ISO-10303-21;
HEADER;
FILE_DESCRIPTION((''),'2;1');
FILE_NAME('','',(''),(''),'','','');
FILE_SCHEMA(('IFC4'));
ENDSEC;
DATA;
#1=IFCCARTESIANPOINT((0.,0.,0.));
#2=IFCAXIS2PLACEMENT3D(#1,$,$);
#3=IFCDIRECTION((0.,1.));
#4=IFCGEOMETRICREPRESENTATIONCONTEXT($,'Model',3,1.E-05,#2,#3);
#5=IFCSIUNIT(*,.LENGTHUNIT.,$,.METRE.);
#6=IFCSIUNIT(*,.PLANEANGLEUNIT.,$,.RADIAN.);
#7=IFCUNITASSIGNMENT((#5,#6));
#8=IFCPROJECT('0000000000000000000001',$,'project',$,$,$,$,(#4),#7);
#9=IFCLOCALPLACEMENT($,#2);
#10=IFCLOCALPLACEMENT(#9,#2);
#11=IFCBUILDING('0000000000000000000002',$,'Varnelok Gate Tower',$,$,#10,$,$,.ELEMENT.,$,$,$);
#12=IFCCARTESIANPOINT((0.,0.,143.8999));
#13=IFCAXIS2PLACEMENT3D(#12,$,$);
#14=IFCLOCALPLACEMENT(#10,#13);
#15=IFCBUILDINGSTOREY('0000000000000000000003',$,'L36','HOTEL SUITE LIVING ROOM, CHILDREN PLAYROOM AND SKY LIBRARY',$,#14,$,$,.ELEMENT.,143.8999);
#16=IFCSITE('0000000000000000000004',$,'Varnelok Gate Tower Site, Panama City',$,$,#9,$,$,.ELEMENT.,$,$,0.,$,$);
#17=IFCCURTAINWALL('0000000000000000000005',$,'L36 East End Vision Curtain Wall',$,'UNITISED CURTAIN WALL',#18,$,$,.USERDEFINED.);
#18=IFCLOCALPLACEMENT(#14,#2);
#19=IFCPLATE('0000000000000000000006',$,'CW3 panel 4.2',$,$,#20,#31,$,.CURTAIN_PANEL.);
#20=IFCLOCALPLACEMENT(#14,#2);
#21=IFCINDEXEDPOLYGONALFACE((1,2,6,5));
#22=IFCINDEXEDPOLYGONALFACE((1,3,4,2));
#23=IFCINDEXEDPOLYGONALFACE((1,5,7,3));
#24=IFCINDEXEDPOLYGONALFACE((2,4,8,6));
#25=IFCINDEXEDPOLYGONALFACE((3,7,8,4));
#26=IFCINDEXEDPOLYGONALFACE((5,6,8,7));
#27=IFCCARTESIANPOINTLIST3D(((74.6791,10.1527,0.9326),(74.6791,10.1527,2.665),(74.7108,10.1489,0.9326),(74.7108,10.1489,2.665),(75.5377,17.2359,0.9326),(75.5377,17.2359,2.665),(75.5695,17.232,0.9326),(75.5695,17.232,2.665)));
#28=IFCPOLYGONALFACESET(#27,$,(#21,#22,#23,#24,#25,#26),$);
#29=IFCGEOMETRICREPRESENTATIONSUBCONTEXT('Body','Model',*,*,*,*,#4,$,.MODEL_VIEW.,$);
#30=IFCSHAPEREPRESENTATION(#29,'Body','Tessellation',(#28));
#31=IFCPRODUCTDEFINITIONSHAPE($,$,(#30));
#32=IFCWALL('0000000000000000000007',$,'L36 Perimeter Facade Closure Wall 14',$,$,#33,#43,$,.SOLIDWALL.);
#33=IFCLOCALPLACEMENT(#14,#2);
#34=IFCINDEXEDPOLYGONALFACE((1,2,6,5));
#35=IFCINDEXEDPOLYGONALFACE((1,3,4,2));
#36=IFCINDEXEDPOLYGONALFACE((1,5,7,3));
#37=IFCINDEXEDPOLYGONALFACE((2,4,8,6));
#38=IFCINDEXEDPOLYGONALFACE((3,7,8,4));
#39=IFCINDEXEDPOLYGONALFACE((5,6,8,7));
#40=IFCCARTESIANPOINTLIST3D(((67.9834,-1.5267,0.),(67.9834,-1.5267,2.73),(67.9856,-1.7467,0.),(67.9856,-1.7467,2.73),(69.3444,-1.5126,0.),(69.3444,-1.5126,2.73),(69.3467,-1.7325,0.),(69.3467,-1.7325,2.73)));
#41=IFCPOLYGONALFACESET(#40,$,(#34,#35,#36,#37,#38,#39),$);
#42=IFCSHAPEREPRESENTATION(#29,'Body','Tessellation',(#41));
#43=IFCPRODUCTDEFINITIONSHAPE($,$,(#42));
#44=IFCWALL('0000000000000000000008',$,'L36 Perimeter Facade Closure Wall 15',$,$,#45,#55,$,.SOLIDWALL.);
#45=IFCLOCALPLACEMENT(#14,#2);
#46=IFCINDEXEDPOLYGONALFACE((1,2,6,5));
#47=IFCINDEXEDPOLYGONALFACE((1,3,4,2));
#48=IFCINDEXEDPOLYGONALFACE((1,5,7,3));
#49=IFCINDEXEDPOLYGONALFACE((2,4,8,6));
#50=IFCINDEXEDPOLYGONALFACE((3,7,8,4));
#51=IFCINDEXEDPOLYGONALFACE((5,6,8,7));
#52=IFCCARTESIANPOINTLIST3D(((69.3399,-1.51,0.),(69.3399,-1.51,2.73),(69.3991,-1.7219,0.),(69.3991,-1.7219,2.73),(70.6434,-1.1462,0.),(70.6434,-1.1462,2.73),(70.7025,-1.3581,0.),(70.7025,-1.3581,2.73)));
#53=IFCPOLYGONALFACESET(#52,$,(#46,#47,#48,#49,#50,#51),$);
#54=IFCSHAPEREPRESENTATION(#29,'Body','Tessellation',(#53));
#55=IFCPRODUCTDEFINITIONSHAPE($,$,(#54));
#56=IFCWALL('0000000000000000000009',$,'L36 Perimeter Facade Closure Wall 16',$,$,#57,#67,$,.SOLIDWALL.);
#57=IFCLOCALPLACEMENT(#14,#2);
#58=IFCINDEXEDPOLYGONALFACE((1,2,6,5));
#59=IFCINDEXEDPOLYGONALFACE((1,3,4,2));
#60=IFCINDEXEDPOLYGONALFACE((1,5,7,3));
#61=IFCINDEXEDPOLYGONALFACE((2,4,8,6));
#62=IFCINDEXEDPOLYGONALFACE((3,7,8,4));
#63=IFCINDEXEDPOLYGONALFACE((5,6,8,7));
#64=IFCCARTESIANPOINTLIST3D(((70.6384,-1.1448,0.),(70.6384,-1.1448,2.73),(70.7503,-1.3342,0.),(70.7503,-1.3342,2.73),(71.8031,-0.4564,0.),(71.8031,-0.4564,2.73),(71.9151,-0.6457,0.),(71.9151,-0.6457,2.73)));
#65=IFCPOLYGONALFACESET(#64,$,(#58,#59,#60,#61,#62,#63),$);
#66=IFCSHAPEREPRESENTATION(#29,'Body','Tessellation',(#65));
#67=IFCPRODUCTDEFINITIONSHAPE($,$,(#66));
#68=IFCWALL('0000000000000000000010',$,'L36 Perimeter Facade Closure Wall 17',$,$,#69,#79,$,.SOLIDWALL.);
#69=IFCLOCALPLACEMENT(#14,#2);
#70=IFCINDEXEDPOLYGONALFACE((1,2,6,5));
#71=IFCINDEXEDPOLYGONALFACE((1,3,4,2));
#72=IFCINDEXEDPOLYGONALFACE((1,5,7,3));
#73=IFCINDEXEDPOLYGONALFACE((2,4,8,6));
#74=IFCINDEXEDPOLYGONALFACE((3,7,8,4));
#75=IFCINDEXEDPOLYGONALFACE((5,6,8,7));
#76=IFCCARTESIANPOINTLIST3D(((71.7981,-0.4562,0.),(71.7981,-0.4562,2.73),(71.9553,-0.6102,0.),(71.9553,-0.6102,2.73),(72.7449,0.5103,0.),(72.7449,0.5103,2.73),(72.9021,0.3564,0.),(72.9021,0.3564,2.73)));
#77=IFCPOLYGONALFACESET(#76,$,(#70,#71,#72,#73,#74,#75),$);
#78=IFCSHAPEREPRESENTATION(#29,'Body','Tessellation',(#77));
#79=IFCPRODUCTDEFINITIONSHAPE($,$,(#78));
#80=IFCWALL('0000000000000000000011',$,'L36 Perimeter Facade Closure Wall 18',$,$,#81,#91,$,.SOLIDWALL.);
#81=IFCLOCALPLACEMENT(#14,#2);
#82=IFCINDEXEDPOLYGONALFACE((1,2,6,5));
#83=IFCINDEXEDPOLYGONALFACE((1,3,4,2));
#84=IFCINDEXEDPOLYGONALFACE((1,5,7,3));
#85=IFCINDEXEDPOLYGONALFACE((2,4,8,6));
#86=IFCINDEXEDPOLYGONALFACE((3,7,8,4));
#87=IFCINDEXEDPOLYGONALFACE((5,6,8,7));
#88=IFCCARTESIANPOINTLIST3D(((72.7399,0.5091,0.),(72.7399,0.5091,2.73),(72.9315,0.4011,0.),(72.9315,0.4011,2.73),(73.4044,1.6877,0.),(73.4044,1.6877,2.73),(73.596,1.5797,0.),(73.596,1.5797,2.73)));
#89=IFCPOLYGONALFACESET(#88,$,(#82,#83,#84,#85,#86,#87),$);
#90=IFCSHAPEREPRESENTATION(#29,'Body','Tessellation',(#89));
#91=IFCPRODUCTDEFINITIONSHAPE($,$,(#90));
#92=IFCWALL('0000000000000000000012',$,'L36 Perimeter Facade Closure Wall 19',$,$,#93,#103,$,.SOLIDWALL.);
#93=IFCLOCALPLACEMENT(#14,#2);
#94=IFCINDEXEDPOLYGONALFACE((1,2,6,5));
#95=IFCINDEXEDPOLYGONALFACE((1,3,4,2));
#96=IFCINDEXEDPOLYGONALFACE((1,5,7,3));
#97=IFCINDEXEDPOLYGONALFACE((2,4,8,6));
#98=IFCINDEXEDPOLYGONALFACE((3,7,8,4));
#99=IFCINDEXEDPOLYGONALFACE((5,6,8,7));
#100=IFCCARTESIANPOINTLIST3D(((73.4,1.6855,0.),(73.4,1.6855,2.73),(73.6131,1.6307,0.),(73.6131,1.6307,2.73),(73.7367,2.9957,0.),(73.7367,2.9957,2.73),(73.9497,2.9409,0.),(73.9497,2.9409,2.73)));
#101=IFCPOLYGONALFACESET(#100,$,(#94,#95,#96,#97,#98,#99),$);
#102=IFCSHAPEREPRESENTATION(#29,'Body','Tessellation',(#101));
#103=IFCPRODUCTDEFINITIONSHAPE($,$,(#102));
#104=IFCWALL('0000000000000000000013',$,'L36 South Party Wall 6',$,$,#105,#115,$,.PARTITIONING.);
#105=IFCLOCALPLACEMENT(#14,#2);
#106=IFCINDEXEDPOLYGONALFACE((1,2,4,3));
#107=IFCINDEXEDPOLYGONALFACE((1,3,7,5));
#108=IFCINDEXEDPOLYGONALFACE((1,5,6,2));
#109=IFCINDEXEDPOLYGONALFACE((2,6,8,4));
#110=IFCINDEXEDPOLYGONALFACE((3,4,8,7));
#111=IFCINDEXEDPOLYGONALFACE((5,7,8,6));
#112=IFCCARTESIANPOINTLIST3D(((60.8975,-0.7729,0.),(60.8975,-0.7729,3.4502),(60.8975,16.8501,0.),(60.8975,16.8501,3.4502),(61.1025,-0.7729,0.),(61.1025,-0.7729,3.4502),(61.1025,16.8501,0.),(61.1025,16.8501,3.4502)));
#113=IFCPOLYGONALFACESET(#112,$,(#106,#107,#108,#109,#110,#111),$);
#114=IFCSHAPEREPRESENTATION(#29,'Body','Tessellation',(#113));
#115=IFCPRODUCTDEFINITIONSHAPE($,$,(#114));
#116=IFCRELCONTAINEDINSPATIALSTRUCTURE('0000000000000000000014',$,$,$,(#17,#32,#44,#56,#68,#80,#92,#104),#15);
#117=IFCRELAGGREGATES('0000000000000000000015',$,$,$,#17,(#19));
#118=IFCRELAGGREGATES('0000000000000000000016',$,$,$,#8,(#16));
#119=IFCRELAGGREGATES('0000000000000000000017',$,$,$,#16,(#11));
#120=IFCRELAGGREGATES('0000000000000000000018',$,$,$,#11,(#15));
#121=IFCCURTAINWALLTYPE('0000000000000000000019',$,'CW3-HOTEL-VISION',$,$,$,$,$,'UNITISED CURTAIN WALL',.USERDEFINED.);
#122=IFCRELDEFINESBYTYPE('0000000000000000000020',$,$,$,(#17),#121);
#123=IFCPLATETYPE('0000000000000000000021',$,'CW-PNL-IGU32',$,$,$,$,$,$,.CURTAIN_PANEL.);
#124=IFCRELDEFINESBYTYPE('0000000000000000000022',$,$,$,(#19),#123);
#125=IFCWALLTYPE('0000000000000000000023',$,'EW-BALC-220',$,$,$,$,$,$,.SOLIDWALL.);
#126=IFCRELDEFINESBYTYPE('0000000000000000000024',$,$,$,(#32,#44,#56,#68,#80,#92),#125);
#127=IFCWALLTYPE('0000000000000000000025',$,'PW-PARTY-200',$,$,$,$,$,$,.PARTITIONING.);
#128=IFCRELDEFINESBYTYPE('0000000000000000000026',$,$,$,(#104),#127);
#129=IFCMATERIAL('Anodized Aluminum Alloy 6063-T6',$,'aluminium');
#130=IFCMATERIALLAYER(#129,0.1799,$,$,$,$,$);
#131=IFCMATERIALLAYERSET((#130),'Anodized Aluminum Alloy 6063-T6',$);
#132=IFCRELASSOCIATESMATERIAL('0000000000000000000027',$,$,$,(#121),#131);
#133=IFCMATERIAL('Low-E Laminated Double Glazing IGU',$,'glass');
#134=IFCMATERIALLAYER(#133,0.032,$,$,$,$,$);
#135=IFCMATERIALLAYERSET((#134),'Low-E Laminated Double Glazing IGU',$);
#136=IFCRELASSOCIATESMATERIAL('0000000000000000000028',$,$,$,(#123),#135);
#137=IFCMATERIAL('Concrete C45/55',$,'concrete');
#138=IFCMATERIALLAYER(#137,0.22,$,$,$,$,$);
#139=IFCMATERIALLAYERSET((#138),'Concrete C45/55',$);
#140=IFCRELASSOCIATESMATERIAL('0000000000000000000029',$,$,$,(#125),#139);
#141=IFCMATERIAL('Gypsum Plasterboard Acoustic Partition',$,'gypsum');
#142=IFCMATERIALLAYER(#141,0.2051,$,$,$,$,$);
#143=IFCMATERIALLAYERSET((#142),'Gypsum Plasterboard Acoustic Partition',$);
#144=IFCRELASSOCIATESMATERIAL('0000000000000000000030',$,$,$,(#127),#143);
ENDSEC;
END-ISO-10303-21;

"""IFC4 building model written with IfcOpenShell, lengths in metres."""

from ifc_helpers import new_model, si_unit, direction, frame, frame_2d, origin, origin_2d, place, context, subcontext, project, spatial, rectangle, extrude, source, transform, mapped, material, layer, layer_set, type_object, element, aggregate, save


model = new_model("IFC4")

# Units and contexts
model_context = context("Model", 3, precision=1e-05, world=origin(), true_north=direction((0.0, 1.0)))
body_context = subcontext(model_context, "Body", "Model", "MODEL_VIEW")
ifc_project = project(units=[si_unit("LENGTHUNIT", "METRE"), si_unit("PLANEANGLEUNIT", "RADIAN")], contexts=[model_context])

# Site, building, storey
site_placement = place(None, origin())
site = spatial("IfcSite", under=ifc_project, at=site_placement, Name="Varnelok Gate Tower Site, Panama City", CompositionType="ELEMENT", RefElevation=0.0)
building_placement = place(site_placement, origin())
building = spatial("IfcBuilding", under=site, at=building_placement, Name="Varnelok Gate Tower", CompositionType="ELEMENT")
storey_placement = place(building_placement, frame((0.0, 0.0, 143.8999)))
storey = spatial("IfcBuildingStorey", under=building, at=storey_placement, Name="L36", Description="HOTEL SUITE LIVING ROOM, CHILDREN PLAYROOM AND SKY LIBRARY", CompositionType="ELEMENT", Elevation=143.8999)

# Curtain wall, plate
ifc_material_1 = material(Name="Anodized Aluminum Alloy 6063-T6", Category="aluminium")
ifc_layer_1 = layer(ifc_material_1, 0.1799)
ifc_layer_set_1 = layer_set([ifc_layer_1], Name="Anodized Aluminum Alloy 6063-T6")
curtain_wall_type = type_object("IfcCurtainWallType", Name="CW3-HOTEL-VISION", ElementType="UNITISED CURTAIN WALL", PredefinedType="USERDEFINED", material=ifc_layer_set_1)
curtain_wall_placement = place(storey_placement, origin())
curtain_wall = element("IfcCurtainWall", 1, at=curtain_wall_placement, inside=storey, type_object=curtain_wall_type, Name="L36 East End Vision Curtain Wall", ObjectType="UNITISED CURTAIN WALL", PredefinedType="USERDEFINED")
ifc_material_2 = material(Name="Low-E Laminated Double Glazing IGU", Category="glass")
ifc_layer_2 = layer(ifc_material_2, 0.032)
ifc_layer_set_2 = layer_set([ifc_layer_2], Name="Low-E Laminated Double Glazing IGU")
plate_type = type_object("IfcPlateType", Name="CW-PNL-IGU32", PredefinedType="CURTAIN_PANEL", material=ifc_layer_set_2)
shared_shape_1 = source(origin(), body_context, "Body", "SweptSolid", [
    extrude(rectangle(XDim=7.135, YDim=0.032, at=origin_2d()), origin(), (0.0, 0.0, 1.0), 1.7324),
])
plate_1_placement = place(storey_placement, frame((75.1243, 13.6924, 0.9326), z_axis=(0.0, 0.0, 1.0), x_axis=(-0.120347, -0.992732, 0.0)))
plate_1 = element("IfcPlate", 2, at=plate_1_placement, type_object=plate_type, Name="CW3 panel 4.2", PredefinedType="CURTAIN_PANEL", context=body_context, shape_type="MappedRepresentation", body=[
    mapped(shared_shape_1, transform((0.0, 0.0, 0.0), scale=1.0)),
])
aggregate(curtain_wall, [plate_1])

# Walls
ifc_material_3 = material(Name="Concrete C45/55", Category="concrete")
ifc_layer_3 = layer(ifc_material_3, 0.22)
ifc_layer_set_3 = layer_set([ifc_layer_3], Name="Concrete C45/55")
wall_type_1 = type_object("IfcWallType", Name="EW-BALC-220", PredefinedType="SOLIDWALL", material=ifc_layer_set_3)
wall_1_placement = place(storey_placement, frame((67.9844, -1.6367, 0.0), z_axis=(0.0, 0.0, 1.0), x_axis=(0.999946, 0.010403, 0.0)))
element("IfcWall", 3, at=wall_1_placement, inside=storey, type_object=wall_type_1, Name="L36 Perimeter Facade Closure Wall 14", PredefinedType="SOLIDWALL", context=body_context, shape_type="SweptSolid", body=[
    extrude(rectangle(XDim=1.3611, YDim=0.22, at=frame_2d((0.6807, 0.0))), origin(), (0.0, 0.0, 1.0), 2.73),
])
wall_2_placement = place(storey_placement, frame((69.3694, -1.616, 0.0), z_axis=(0.0, 0.0, 1.0), x_axis=(0.963194, 0.268807, 0.0)))
element("IfcWall", 4, at=wall_2_placement, inside=storey, type_object=wall_type_1, Name="L36 Perimeter Facade Closure Wall 15", PredefinedType="SOLIDWALL", context=body_context, shape_type="SweptSolid", body=[
    extrude(rectangle(XDim=1.3533, YDim=0.22, at=frame_2d((0.6768, 0.0))), origin(), (0.0, 0.0, 1.0), 2.73),
])
for number, where, z_axis, x_axis, name in (
    (5, (70.6943, -1.2395, 0.0), (0.0, 0.0, 1.0), (0.860865, 0.508833, 0.0), "L36 Perimeter Facade Closure Wall 16"),
    (6, (71.8767, -0.5332, 0.0), (0.0, 0.0, 1.0), (0.699761, 0.714377, 0.0), "L36 Perimeter Facade Closure Wall 17"),
    (7, (72.8357, 0.4551, 0.0), (0.0, 0.0, 1.0), (0.491118, 0.871093, 0.0), "L36 Perimeter Facade Closure Wall 18"),
):
    element("IfcWall", number, at=place(storey_placement, frame(where, z_axis=z_axis, x_axis=x_axis)), inside=storey, type_object=wall_type_1, Name=name, PredefinedType="SOLIDWALL", context=body_context, shape_type="SweptSolid", body=[
        extrude(rectangle(XDim=1.353, YDim=0.22, at=frame_2d((0.6765, 0.0))), origin(), (0.0, 0.0, 1.0), 2.73),
    ])
wall_3_placement = place(storey_placement, frame((73.5066, 1.6582, 0.0), z_axis=(0.0, 0.0, 1.0), x_axis=(0.248857, 0.96854, 0.0)))
element("IfcWall", 8, at=wall_3_placement, inside=storey, type_object=wall_type_1, Name="L36 Perimeter Facade Closure Wall 19", PredefinedType="SOLIDWALL", context=body_context, shape_type="SweptSolid", body=[
    extrude(rectangle(XDim=1.3528, YDim=0.22, at=frame_2d((0.6763, 0.0))), origin(), (0.0, 0.0, 1.0), 2.73),
])
ifc_material_4 = material(Name="Gypsum Plasterboard Acoustic Partition", Category="gypsum")
ifc_layer_4 = layer(ifc_material_4, 0.2051)
ifc_layer_set_4 = layer_set([ifc_layer_4], Name="Gypsum Plasterboard Acoustic Partition")
wall_type_2 = type_object("IfcWallType", Name="PW-PARTY-200", PredefinedType="PARTITIONING", material=ifc_layer_set_4)
wall_4_placement = place(storey_placement, frame((61.0, -0.7729, 0.0), z_axis=(0.0, 0.0, 1.0), x_axis=(0.0, 1.0, 0.0)))
element("IfcWall", 9, at=wall_4_placement, inside=storey, type_object=wall_type_2, Name="L36 South Party Wall 6", PredefinedType="PARTITIONING", context=body_context, shape_type="SweptSolid", body=[
    extrude(rectangle(XDim=17.623, YDim=0.2051, at=frame_2d((8.8115, 0.0))), origin(), (0.0, 0.0, 1.0), 3.4502),
])

save(model, "model.ifc")
